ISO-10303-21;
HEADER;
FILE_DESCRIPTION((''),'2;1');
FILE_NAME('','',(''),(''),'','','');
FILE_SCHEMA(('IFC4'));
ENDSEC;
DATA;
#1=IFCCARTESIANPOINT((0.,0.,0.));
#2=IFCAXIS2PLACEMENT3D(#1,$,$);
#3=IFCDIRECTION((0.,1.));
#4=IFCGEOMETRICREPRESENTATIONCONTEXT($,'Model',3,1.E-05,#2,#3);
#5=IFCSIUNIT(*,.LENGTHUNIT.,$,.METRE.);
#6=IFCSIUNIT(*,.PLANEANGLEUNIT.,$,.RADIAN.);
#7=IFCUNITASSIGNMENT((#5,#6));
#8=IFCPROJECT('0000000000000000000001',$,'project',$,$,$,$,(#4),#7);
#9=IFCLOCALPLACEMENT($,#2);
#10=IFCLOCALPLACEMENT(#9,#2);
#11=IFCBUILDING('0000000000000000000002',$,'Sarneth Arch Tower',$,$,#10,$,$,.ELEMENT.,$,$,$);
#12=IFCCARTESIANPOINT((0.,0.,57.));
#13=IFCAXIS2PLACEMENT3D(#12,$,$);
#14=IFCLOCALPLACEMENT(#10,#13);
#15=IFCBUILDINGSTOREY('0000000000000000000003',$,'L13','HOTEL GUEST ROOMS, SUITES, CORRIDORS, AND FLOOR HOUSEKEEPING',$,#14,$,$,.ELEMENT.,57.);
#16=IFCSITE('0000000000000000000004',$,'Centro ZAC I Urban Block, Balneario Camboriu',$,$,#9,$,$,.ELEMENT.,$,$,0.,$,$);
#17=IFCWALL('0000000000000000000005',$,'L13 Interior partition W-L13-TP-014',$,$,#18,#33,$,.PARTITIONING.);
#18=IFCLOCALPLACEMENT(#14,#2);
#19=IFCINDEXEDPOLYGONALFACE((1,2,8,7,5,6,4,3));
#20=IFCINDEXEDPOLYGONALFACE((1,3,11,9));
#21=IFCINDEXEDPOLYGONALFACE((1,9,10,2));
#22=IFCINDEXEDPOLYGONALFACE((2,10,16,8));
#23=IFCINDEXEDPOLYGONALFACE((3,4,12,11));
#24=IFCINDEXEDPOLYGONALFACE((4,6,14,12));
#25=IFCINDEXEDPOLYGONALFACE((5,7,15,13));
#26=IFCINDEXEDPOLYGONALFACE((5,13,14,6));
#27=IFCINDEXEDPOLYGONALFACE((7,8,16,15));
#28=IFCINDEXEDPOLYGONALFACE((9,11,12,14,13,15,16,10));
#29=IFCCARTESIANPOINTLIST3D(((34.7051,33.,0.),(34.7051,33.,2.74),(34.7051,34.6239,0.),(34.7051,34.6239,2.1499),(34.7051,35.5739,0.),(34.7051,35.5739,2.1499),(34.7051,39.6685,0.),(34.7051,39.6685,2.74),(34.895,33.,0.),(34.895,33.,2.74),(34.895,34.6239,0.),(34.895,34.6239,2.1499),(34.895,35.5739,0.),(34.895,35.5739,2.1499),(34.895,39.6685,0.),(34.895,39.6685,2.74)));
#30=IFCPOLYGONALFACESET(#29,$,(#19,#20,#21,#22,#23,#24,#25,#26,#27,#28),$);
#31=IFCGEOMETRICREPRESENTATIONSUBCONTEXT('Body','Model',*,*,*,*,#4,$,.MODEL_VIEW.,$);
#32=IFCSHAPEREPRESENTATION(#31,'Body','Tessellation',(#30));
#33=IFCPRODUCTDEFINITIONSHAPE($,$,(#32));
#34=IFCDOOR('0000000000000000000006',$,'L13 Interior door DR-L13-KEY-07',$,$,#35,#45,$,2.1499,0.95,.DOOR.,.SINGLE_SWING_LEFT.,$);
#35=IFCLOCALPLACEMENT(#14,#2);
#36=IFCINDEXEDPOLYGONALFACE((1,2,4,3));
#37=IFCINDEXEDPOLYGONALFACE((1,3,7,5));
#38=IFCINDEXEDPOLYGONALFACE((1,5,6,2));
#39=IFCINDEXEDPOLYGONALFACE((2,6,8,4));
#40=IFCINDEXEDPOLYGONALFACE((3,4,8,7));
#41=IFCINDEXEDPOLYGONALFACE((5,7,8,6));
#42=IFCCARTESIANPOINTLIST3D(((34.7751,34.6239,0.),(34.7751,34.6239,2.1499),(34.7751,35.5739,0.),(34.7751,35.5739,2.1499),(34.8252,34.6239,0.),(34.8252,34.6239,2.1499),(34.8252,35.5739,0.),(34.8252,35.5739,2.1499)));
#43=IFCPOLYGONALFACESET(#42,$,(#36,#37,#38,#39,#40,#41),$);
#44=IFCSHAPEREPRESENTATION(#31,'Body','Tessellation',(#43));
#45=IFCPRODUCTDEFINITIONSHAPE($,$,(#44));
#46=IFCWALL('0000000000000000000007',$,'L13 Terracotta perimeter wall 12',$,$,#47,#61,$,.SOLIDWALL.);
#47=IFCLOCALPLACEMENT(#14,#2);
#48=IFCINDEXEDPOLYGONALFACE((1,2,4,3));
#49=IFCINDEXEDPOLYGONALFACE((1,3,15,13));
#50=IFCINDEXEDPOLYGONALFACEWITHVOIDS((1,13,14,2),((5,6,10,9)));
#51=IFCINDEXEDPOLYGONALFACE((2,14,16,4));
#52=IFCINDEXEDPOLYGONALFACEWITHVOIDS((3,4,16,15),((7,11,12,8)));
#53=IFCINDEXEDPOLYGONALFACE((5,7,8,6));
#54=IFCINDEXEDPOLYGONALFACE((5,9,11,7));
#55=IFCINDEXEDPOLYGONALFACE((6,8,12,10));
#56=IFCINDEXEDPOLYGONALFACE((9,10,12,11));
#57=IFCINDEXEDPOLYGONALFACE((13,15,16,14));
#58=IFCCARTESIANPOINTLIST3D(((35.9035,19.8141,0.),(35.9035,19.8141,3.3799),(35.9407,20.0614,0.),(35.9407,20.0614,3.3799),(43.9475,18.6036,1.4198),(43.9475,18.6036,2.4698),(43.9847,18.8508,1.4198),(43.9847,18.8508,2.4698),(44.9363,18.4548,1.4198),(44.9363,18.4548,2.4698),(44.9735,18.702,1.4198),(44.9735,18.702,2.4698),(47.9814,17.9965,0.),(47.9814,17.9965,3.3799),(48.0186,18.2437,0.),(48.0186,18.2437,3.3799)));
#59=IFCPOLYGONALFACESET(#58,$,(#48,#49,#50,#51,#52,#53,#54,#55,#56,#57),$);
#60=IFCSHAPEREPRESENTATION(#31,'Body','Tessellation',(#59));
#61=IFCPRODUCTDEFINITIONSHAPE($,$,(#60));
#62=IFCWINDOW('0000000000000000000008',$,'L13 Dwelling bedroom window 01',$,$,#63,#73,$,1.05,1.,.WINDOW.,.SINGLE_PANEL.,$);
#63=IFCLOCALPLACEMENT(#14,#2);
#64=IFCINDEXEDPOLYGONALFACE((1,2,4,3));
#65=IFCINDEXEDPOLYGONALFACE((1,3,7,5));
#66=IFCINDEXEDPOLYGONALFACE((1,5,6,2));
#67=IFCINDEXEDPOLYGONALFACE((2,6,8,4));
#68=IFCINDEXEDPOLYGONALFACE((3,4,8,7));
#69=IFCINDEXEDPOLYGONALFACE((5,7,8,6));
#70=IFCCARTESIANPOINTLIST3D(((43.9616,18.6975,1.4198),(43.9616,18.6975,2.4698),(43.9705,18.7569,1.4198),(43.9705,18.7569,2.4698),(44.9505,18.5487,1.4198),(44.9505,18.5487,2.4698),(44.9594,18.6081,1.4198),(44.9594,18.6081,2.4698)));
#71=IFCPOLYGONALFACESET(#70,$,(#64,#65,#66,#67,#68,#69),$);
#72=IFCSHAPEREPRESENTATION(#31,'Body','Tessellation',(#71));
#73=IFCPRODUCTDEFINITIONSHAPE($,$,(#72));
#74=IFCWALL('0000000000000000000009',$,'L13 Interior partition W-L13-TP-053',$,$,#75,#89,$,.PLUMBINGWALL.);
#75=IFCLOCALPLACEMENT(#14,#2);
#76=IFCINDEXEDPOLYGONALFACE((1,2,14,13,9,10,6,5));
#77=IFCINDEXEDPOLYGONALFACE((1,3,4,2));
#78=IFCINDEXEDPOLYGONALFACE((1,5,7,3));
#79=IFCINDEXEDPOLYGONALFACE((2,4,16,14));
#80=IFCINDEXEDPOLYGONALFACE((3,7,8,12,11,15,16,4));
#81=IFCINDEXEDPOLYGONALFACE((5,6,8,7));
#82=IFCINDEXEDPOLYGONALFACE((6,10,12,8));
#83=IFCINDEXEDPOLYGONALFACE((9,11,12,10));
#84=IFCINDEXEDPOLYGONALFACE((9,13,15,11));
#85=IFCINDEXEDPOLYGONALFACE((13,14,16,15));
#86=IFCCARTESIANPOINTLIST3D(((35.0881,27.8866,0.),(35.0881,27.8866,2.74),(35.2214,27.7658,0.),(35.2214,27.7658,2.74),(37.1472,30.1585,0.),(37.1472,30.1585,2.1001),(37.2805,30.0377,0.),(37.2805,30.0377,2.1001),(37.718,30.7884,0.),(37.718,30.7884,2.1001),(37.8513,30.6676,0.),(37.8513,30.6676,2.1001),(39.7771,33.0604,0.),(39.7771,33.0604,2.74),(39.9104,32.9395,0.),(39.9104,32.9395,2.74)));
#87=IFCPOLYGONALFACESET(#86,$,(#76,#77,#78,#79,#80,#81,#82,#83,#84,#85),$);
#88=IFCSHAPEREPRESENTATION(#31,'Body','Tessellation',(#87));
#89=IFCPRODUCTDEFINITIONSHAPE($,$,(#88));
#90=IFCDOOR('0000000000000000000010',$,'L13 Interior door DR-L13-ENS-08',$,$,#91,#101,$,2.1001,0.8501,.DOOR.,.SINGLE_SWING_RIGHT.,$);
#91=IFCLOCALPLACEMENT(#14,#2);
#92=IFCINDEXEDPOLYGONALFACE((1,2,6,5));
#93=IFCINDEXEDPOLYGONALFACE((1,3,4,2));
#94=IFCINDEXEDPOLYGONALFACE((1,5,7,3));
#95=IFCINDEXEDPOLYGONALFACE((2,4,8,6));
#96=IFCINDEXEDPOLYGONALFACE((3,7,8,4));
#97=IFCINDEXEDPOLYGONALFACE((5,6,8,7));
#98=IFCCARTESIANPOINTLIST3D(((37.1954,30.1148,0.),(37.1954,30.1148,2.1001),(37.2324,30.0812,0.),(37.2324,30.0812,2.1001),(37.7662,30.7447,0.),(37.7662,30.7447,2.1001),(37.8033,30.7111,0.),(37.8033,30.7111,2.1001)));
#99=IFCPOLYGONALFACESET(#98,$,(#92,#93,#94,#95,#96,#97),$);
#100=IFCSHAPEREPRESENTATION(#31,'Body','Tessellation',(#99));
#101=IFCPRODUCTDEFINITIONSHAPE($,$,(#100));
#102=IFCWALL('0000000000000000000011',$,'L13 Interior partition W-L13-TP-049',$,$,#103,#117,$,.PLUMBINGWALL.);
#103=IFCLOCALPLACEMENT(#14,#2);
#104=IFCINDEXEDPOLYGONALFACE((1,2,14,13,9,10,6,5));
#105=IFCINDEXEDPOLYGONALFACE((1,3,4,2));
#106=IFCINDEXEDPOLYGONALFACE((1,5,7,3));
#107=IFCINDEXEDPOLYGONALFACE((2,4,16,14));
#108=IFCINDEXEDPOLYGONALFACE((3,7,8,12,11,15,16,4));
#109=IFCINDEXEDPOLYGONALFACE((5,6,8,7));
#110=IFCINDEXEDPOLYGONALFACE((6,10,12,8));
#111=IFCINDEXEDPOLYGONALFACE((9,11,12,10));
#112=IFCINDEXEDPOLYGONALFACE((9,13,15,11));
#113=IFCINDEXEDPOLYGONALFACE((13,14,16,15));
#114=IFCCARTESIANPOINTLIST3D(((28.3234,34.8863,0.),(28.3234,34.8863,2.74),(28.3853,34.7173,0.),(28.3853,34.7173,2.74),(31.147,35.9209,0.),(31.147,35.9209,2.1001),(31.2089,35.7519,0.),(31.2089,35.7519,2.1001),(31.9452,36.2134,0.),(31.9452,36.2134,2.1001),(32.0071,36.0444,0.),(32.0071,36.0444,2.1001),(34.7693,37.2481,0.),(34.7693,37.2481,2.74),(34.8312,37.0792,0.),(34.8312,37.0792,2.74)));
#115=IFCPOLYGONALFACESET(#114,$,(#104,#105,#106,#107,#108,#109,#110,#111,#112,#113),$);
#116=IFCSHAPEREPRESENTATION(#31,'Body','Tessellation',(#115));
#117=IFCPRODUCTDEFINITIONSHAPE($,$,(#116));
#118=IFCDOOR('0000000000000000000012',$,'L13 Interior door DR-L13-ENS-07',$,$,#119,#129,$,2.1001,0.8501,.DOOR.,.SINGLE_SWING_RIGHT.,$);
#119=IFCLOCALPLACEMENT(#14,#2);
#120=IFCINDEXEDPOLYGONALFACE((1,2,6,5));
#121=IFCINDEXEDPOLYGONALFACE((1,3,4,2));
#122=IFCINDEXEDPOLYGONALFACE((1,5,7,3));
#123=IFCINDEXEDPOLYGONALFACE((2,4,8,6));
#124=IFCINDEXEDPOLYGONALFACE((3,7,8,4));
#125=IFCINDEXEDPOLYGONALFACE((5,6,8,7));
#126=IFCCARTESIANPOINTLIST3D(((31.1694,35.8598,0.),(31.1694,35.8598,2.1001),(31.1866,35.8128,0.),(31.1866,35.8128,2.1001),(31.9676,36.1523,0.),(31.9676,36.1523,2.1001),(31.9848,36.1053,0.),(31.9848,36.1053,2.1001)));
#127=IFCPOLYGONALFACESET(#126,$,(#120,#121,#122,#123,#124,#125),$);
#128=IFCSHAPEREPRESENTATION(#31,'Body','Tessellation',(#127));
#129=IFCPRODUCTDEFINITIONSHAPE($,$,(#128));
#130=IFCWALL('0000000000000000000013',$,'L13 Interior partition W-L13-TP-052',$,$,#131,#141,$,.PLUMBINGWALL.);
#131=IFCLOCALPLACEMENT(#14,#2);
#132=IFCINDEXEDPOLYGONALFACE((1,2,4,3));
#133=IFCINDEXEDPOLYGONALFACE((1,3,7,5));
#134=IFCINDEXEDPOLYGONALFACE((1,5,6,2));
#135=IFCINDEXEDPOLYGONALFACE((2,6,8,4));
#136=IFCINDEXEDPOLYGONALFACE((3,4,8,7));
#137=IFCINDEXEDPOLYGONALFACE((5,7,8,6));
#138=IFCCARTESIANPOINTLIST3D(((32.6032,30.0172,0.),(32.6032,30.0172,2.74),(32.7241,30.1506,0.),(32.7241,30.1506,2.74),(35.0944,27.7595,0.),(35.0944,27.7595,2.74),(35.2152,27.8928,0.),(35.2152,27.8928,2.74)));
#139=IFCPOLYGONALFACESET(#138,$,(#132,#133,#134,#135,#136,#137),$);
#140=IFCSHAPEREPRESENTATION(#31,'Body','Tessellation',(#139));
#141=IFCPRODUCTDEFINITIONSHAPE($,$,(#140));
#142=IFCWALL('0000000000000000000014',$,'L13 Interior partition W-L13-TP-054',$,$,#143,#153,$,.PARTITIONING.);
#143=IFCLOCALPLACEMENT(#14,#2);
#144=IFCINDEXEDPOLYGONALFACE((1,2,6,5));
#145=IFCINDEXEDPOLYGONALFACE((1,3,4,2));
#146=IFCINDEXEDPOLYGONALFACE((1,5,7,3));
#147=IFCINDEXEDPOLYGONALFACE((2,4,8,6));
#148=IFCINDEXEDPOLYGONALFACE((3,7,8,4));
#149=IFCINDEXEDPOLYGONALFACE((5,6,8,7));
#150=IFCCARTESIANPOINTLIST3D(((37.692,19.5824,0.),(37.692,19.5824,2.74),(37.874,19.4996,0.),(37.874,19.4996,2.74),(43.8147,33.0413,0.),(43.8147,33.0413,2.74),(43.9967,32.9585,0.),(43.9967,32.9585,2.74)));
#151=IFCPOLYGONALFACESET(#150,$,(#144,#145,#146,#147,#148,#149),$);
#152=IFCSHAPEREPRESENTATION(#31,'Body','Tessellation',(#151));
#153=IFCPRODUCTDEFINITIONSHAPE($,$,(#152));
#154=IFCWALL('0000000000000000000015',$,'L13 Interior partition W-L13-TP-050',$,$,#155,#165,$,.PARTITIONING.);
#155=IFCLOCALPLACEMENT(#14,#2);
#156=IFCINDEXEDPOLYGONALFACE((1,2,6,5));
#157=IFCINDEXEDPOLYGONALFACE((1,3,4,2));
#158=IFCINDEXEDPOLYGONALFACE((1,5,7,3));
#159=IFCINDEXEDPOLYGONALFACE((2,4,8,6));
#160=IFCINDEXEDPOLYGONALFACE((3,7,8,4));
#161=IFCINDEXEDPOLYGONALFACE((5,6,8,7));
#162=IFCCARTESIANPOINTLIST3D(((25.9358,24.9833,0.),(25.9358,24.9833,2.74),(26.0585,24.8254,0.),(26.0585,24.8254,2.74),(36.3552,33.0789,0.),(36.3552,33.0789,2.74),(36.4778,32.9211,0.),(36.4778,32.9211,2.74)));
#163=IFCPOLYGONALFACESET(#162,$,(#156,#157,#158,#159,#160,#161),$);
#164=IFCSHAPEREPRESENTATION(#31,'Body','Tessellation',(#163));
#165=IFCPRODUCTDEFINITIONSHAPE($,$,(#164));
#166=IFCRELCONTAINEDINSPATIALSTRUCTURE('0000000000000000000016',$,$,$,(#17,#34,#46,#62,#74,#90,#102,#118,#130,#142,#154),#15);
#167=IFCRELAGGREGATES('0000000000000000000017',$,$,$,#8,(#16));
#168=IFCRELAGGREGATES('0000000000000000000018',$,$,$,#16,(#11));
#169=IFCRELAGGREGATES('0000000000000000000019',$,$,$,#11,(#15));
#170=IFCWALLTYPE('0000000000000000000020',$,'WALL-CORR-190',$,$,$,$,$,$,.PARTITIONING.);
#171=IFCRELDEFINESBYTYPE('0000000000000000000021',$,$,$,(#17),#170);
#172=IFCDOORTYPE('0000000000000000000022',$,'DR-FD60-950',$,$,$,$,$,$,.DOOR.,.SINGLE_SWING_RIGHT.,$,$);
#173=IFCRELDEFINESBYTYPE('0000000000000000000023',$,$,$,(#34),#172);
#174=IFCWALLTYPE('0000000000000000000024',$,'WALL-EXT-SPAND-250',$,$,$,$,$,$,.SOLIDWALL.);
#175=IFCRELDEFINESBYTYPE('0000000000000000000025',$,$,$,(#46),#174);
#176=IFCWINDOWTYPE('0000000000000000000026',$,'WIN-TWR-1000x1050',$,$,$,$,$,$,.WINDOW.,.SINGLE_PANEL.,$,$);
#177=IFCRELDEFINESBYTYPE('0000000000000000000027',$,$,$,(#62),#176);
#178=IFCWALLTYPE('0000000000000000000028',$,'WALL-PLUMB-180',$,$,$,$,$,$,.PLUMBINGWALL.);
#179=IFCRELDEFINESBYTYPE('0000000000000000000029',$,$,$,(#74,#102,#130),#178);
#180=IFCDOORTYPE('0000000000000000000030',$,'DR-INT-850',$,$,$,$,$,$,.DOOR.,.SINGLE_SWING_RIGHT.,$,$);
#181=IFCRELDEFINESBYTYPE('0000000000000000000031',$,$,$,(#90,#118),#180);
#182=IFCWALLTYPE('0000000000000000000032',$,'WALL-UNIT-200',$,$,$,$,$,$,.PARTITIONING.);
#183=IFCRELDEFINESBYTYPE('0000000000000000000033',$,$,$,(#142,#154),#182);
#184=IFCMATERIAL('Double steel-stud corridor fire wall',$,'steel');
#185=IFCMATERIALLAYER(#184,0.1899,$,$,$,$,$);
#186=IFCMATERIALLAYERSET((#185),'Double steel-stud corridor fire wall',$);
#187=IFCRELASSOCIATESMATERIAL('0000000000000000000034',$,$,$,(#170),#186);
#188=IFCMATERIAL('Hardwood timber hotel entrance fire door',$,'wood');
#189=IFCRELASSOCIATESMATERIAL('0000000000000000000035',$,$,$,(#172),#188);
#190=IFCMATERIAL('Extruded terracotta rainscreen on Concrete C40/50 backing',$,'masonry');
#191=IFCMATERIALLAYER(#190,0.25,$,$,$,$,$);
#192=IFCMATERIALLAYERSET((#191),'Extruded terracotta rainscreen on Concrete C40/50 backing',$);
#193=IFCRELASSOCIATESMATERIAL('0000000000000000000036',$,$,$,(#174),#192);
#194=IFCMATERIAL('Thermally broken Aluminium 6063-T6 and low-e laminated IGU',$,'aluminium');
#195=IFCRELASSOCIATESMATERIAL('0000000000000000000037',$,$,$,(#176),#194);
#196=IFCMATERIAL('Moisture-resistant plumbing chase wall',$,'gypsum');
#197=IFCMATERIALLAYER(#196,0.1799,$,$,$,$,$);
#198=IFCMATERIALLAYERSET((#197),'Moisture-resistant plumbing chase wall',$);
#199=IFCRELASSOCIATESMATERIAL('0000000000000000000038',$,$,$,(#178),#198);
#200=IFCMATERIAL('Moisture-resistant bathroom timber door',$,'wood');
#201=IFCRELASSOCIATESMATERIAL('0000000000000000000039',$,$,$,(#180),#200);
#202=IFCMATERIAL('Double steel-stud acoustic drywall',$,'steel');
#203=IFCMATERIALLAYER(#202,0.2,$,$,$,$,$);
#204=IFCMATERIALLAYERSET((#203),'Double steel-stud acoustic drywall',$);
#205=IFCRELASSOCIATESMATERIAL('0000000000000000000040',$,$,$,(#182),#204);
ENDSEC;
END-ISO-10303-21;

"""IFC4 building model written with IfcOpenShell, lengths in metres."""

from ifc_helpers import new_model, si_unit, direction, frame, frame_2d, origin, place, context, subcontext, project, spatial, rectangle, extrude, material, layer, layer_set, type_object, element, fill, save


model = new_model("IFC4")

# Units and contexts
model_context = context("Model", 3, precision=1e-05, world=origin(), true_north=direction((0.0, 1.0)))
body_context = subcontext(model_context, "Body", "Model", "MODEL_VIEW")
ifc_project = project(units=[si_unit("LENGTHUNIT", "METRE"), si_unit("PLANEANGLEUNIT", "RADIAN")], contexts=[model_context])

# Site, building, storey
site_placement = place(None, origin())
site = spatial("IfcSite", under=ifc_project, at=site_placement, Name="Centro ZAC I Urban Block, Balneario Camboriu", CompositionType="ELEMENT", RefElevation=0.0)
building_placement = place(site_placement, origin())
building = spatial("IfcBuilding", under=site, at=building_placement, Name="Sarneth Arch Tower", CompositionType="ELEMENT")
storey_placement = place(building_placement, frame((0.0, 0.0, 57.0)))
storey = spatial("IfcBuildingStorey", under=building, at=storey_placement, Name="L13", Description="HOTEL GUEST ROOMS, SUITES, CORRIDORS, AND FLOOR HOUSEKEEPING", CompositionType="ELEMENT", Elevation=57.0)

# Wall, opening, door
ifc_material_1 = material(Name="Double steel-stud corridor fire wall", Category="steel")
ifc_layer_1 = layer(ifc_material_1, 0.1899)
ifc_layer_set_1 = layer_set([ifc_layer_1], Name="Double steel-stud corridor fire wall")
wall_type_1 = type_object("IfcWallType", Name="WALL-CORR-190", PredefinedType="PARTITIONING", material=ifc_layer_set_1)
wall_1_placement = place(storey_placement, frame((34.8, 33.0, 0.0), z_axis=(0.0, 0.0, 1.0), x_axis=(0.0, 1.0, 0.0)))
wall_1 = element("IfcWall", 1, at=wall_1_placement, inside=storey, type_object=wall_type_1, Name="L13 Interior partition W-L13-TP-014", PredefinedType="PARTITIONING", context=body_context, shape_type="SweptSolid", body=[
    extrude(rectangle(XDim=6.6685, YDim=0.1899, at=frame_2d((3.3342, 0.0))), origin(), (0.0, 0.0, 1.0), 2.74),
])
opening_1_placement = place(wall_1_placement, frame((1.6238, 0.0, 0.0)))
opening_1 = element("IfcOpeningElement", 2, at=opening_1_placement, cuts=wall_1, PredefinedType="OPENING", context=body_context, shape_type="SweptSolid", body=[
    extrude(rectangle(XDim=0.95, YDim=2.1499, at=frame_2d((0.4751, 1.075))), frame((0.0, 0.105, 0.0), z_axis=(0.0, -1.0, 0.0), x_axis=(1.0, 0.0, 0.0)), (0.0, 0.0, 1.0), 0.21),
])
ifc_material_2 = material(Name="Hardwood timber hotel entrance fire door", Category="wood")
door_type_1 = type_object("IfcDoorType", Name="DR-FD60-950", OperationType="SINGLE_SWING_RIGHT", PredefinedType="DOOR", material=ifc_material_2)
door_1_placement = place(opening_1_placement, origin())
door_1 = element("IfcDoor", 3, at=door_1_placement, inside=storey, type_object=door_type_1, Name="L13 Interior door DR-L13-KEY-07", OperationType="SINGLE_SWING_LEFT", OverallHeight=2.1499, OverallWidth=0.95, PredefinedType="DOOR", context=body_context, shape_type="SweptSolid", body=[
    extrude(rectangle(XDim=0.95, YDim=2.1499, at=frame_2d((0.4751, 1.075))), frame((0.0, 0.0249, 0.0), z_axis=(0.0, -1.0, 0.0), x_axis=(1.0, 0.0, 0.0)), (0.0, 0.0, 1.0), 0.05),
])
fill(opening_1, door_1)

# Wall, opening, window
ifc_material_3 = material(Name="Extruded terracotta rainscreen on Concrete C40/50 backing", Category="masonry")
ifc_layer_2 = layer(ifc_material_3, 0.25)
ifc_layer_set_2 = layer_set([ifc_layer_2], Name="Extruded terracotta rainscreen on Concrete C40/50 backing")
wall_type_2 = type_object("IfcWallType", Name="WALL-EXT-SPAND-250", PredefinedType="SOLIDWALL", material=ifc_layer_set_2)
wall_2_placement = place(storey_placement, frame((35.9221, 19.9377, 0.0), z_axis=(0.0, 0.0, 1.0), x_axis=(0.988865, -0.148816, 0.0)))
wall_2 = element("IfcWall", 4, at=wall_2_placement, inside=storey, type_object=wall_type_2, Name="L13 Terracotta perimeter wall 12", PredefinedType="SOLIDWALL", context=body_context, shape_type="SweptSolid", body=[
    extrude(rectangle(XDim=12.2139, YDim=0.25, at=frame_2d((6.1069, 0.0))), origin(), (0.0, 0.0, 1.0), 3.3799),
])
opening_2_placement = place(wall_2_placement, frame((8.1345, 0.0, 1.4199)))
opening_2 = element("IfcOpeningElement", 5, at=opening_2_placement, cuts=wall_2, PredefinedType="OPENING", context=body_context, shape_type="SweptSolid", body=[
    extrude(rectangle(XDim=1.0, YDim=1.05, at=frame_2d((0.5, 0.5249))), frame((0.0, 0.135, 0.0), z_axis=(0.0, -1.0, 0.0), x_axis=(1.0, 0.0, 0.0)), (0.0, 0.0, 1.0), 0.27),
])
ifc_material_4 = material(Name="Thermally broken Aluminium 6063-T6 and low-e laminated IGU", Category="aluminium")
window_type = type_object("IfcWindowType", Name="WIN-TWR-1000x1050", PartitioningType="SINGLE_PANEL", PredefinedType="WINDOW", material=ifc_material_4)
window_placement = place(opening_2_placement, origin())
window = element("IfcWindow", 6, at=window_placement, inside=storey, type_object=window_type, Name="L13 Dwelling bedroom window 01", OverallHeight=1.05, OverallWidth=1.0, PartitioningType="SINGLE_PANEL", PredefinedType="WINDOW", context=body_context, shape_type="SweptSolid", body=[
    extrude(rectangle(XDim=1.0, YDim=1.05, at=frame_2d((0.5, 0.5249))), frame((0.0, 0.03, 0.0), z_axis=(0.0, -1.0, 0.0), x_axis=(1.0, 0.0, 0.0)), (0.0, 0.0, 1.0), 0.0601),
])
fill(opening_2, window)

# Walls, openings, doors
ifc_material_5 = material(Name="Moisture-resistant plumbing chase wall", Category="gypsum")
ifc_layer_3 = layer(ifc_material_5, 0.1799)
ifc_layer_set_3 = layer_set([ifc_layer_3], Name="Moisture-resistant plumbing chase wall")
wall_type_3 = type_object("IfcWallType", Name="WALL-PLUMB-180", PredefinedType="PLUMBINGWALL", material=ifc_layer_set_3)
wall_3_placement = place(storey_placement, frame((35.1548, 27.8262, 0.0), z_axis=(0.0, 0.0, 1.0), x_axis=(0.671534, 0.740974, 0.0)))
wall_3 = element("IfcWall", 7, at=wall_3_placement, inside=storey, type_object=wall_type_3, Name="L13 Interior partition W-L13-TP-053", PredefinedType="PLUMBINGWALL", context=body_context, shape_type="SweptSolid", body=[
    extrude(rectangle(XDim=6.9824, YDim=0.1799, at=frame_2d((3.4912, 0.0))), origin(), (0.0, 0.0, 1.0), 2.74),
])
opening_3_placement = place(wall_3_placement, frame((3.0662, 0.0, 0.0)))
opening_3 = element("IfcOpeningElement", 8, at=opening_3_placement, cuts=wall_3, PredefinedType="OPENING", context=body_context, shape_type="SweptSolid", body=[
    extrude(rectangle(XDim=0.8501, YDim=2.1001, at=frame_2d((0.425, 1.05))), frame((0.0, 0.0999, 0.0), z_axis=(0.0, -1.0, 0.0), x_axis=(1.0, 0.0, 0.0)), (0.0, 0.0, 1.0), 0.2),
])
ifc_material_6 = material(Name="Moisture-resistant bathroom timber door", Category="wood")
door_type_2 = type_object("IfcDoorType", Name="DR-INT-850", OperationType="SINGLE_SWING_RIGHT", PredefinedType="DOOR", material=ifc_material_6)
door_2_placement = place(opening_3_placement, origin())
door_2 = element("IfcDoor", 9, at=door_2_placement, inside=storey, type_object=door_type_2, Name="L13 Interior door DR-L13-ENS-08", OperationType="SINGLE_SWING_RIGHT", OverallHeight=2.1001, OverallWidth=0.8501, PredefinedType="DOOR", context=body_context, shape_type="SweptSolid", body=[
    extrude(rectangle(XDim=0.8501, YDim=2.1001, at=frame_2d((0.425, 1.05))), frame((0.0, 0.0249, 0.0), z_axis=(0.0, -1.0, 0.0), x_axis=(1.0, 0.0, 0.0)), (0.0, 0.0, 1.0), 0.05),
])
fill(opening_3, door_2)
wall_4_placement = place(storey_placement, frame((28.3542, 34.8018, 0.0), z_axis=(0.0, 0.0, 1.0), x_axis=(0.938954, 0.344044, 0.0)))
wall_4 = element("IfcWall", 10, at=wall_4_placement, inside=storey, type_object=wall_type_3, Name="L13 Interior partition W-L13-TP-049", PredefinedType="PLUMBINGWALL", context=body_context, shape_type="SweptSolid", body=[
    extrude(rectangle(XDim=6.865, YDim=0.1799, at=frame_2d((3.4326, 0.0))), origin(), (0.0, 0.0, 1.0), 2.74),
])
opening_4_placement = place(wall_4_placement, frame((3.0073, 0.0, 0.0)))
opening_4 = element("IfcOpeningElement", 11, at=opening_4_placement, cuts=wall_4, PredefinedType="OPENING", context=body_context, shape_type="SweptSolid", body=[
    extrude(rectangle(XDim=0.8501, YDim=2.1001, at=frame_2d((0.425, 1.05))), frame((0.0, 0.0999, 0.0), z_axis=(0.0, -1.0, 0.0), x_axis=(1.0, 0.0, 0.0)), (0.0, 0.0, 1.0), 0.2),
])
door_3_placement = place(opening_4_placement, origin())
door_3 = element("IfcDoor", 12, at=door_3_placement, inside=storey, type_object=door_type_2, Name="L13 Interior door DR-L13-ENS-07", OperationType="SINGLE_SWING_RIGHT", OverallHeight=2.1001, OverallWidth=0.8501, PredefinedType="DOOR", context=body_context, shape_type="SweptSolid", body=[
    extrude(rectangle(XDim=0.8501, YDim=2.1001, at=frame_2d((0.425, 1.05))), frame((0.0, 0.0249, 0.0), z_axis=(0.0, -1.0, 0.0), x_axis=(1.0, 0.0, 0.0)), (0.0, 0.0, 1.0), 0.05),
])
fill(opening_4, door_3)

# Walls
wall_5_placement = place(storey_placement, frame((32.6636, 30.084, 0.0), z_axis=(0.0, 0.0, 1.0), x_axis=(0.740964, -0.671544, 0.0)))
element("IfcWall", 13, at=wall_5_placement, inside=storey, type_object=wall_type_3, Name="L13 Interior partition W-L13-TP-052", PredefinedType="PLUMBINGWALL", context=body_context, shape_type="SweptSolid", body=[
    extrude(rectangle(XDim=3.3621, YDim=0.1799, at=frame_2d((1.6812, 0.0))), origin(), (0.0, 0.0, 1.0), 2.74),
])
ifc_material_7 = material(Name="Double steel-stud acoustic drywall", Category="steel")
ifc_layer_4 = layer(ifc_material_7, 0.2)
ifc_layer_set_4 = layer_set([ifc_layer_4], Name="Double steel-stud acoustic drywall")
wall_type_4 = type_object("IfcWallType", Name="WALL-UNIT-200", PredefinedType="PARTITIONING", material=ifc_layer_set_4)
wall_6_placement = place(storey_placement, frame((37.783, 19.541, 0.0), z_axis=(0.0, 0.0, 1.0), x_axis=(0.414088, 0.910237, 0.0)))
element("IfcWall", 14, at=wall_6_placement, inside=storey, type_object=wall_type_4, Name="L13 Interior partition W-L13-TP-054", PredefinedType="PARTITIONING", context=body_context, shape_type="SweptSolid", body=[
    extrude(rectangle(XDim=14.7861, YDim=0.2, at=frame_2d((7.3931, 0.0))), origin(), (0.0, 0.0, 1.0), 2.74),
])
wall_7_placement = place(storey_placement, frame((36.4165, 33.0, 0.0), z_axis=(0.0, 0.0, 1.0), x_axis=(-0.789657, -0.613549, 0.0)))
element("IfcWall", 15, at=wall_7_placement, inside=storey, type_object=wall_type_4, Name="L13 Interior partition W-L13-TP-050", PredefinedType="PARTITIONING", context=body_context, shape_type="SweptSolid", body=[
    extrude(rectangle(XDim=13.1948, YDim=0.2, at=frame_2d((6.5974, 0.0))), origin(), (0.0, 0.0, 1.0), 2.74),
])

save(model, "model.ifc")
